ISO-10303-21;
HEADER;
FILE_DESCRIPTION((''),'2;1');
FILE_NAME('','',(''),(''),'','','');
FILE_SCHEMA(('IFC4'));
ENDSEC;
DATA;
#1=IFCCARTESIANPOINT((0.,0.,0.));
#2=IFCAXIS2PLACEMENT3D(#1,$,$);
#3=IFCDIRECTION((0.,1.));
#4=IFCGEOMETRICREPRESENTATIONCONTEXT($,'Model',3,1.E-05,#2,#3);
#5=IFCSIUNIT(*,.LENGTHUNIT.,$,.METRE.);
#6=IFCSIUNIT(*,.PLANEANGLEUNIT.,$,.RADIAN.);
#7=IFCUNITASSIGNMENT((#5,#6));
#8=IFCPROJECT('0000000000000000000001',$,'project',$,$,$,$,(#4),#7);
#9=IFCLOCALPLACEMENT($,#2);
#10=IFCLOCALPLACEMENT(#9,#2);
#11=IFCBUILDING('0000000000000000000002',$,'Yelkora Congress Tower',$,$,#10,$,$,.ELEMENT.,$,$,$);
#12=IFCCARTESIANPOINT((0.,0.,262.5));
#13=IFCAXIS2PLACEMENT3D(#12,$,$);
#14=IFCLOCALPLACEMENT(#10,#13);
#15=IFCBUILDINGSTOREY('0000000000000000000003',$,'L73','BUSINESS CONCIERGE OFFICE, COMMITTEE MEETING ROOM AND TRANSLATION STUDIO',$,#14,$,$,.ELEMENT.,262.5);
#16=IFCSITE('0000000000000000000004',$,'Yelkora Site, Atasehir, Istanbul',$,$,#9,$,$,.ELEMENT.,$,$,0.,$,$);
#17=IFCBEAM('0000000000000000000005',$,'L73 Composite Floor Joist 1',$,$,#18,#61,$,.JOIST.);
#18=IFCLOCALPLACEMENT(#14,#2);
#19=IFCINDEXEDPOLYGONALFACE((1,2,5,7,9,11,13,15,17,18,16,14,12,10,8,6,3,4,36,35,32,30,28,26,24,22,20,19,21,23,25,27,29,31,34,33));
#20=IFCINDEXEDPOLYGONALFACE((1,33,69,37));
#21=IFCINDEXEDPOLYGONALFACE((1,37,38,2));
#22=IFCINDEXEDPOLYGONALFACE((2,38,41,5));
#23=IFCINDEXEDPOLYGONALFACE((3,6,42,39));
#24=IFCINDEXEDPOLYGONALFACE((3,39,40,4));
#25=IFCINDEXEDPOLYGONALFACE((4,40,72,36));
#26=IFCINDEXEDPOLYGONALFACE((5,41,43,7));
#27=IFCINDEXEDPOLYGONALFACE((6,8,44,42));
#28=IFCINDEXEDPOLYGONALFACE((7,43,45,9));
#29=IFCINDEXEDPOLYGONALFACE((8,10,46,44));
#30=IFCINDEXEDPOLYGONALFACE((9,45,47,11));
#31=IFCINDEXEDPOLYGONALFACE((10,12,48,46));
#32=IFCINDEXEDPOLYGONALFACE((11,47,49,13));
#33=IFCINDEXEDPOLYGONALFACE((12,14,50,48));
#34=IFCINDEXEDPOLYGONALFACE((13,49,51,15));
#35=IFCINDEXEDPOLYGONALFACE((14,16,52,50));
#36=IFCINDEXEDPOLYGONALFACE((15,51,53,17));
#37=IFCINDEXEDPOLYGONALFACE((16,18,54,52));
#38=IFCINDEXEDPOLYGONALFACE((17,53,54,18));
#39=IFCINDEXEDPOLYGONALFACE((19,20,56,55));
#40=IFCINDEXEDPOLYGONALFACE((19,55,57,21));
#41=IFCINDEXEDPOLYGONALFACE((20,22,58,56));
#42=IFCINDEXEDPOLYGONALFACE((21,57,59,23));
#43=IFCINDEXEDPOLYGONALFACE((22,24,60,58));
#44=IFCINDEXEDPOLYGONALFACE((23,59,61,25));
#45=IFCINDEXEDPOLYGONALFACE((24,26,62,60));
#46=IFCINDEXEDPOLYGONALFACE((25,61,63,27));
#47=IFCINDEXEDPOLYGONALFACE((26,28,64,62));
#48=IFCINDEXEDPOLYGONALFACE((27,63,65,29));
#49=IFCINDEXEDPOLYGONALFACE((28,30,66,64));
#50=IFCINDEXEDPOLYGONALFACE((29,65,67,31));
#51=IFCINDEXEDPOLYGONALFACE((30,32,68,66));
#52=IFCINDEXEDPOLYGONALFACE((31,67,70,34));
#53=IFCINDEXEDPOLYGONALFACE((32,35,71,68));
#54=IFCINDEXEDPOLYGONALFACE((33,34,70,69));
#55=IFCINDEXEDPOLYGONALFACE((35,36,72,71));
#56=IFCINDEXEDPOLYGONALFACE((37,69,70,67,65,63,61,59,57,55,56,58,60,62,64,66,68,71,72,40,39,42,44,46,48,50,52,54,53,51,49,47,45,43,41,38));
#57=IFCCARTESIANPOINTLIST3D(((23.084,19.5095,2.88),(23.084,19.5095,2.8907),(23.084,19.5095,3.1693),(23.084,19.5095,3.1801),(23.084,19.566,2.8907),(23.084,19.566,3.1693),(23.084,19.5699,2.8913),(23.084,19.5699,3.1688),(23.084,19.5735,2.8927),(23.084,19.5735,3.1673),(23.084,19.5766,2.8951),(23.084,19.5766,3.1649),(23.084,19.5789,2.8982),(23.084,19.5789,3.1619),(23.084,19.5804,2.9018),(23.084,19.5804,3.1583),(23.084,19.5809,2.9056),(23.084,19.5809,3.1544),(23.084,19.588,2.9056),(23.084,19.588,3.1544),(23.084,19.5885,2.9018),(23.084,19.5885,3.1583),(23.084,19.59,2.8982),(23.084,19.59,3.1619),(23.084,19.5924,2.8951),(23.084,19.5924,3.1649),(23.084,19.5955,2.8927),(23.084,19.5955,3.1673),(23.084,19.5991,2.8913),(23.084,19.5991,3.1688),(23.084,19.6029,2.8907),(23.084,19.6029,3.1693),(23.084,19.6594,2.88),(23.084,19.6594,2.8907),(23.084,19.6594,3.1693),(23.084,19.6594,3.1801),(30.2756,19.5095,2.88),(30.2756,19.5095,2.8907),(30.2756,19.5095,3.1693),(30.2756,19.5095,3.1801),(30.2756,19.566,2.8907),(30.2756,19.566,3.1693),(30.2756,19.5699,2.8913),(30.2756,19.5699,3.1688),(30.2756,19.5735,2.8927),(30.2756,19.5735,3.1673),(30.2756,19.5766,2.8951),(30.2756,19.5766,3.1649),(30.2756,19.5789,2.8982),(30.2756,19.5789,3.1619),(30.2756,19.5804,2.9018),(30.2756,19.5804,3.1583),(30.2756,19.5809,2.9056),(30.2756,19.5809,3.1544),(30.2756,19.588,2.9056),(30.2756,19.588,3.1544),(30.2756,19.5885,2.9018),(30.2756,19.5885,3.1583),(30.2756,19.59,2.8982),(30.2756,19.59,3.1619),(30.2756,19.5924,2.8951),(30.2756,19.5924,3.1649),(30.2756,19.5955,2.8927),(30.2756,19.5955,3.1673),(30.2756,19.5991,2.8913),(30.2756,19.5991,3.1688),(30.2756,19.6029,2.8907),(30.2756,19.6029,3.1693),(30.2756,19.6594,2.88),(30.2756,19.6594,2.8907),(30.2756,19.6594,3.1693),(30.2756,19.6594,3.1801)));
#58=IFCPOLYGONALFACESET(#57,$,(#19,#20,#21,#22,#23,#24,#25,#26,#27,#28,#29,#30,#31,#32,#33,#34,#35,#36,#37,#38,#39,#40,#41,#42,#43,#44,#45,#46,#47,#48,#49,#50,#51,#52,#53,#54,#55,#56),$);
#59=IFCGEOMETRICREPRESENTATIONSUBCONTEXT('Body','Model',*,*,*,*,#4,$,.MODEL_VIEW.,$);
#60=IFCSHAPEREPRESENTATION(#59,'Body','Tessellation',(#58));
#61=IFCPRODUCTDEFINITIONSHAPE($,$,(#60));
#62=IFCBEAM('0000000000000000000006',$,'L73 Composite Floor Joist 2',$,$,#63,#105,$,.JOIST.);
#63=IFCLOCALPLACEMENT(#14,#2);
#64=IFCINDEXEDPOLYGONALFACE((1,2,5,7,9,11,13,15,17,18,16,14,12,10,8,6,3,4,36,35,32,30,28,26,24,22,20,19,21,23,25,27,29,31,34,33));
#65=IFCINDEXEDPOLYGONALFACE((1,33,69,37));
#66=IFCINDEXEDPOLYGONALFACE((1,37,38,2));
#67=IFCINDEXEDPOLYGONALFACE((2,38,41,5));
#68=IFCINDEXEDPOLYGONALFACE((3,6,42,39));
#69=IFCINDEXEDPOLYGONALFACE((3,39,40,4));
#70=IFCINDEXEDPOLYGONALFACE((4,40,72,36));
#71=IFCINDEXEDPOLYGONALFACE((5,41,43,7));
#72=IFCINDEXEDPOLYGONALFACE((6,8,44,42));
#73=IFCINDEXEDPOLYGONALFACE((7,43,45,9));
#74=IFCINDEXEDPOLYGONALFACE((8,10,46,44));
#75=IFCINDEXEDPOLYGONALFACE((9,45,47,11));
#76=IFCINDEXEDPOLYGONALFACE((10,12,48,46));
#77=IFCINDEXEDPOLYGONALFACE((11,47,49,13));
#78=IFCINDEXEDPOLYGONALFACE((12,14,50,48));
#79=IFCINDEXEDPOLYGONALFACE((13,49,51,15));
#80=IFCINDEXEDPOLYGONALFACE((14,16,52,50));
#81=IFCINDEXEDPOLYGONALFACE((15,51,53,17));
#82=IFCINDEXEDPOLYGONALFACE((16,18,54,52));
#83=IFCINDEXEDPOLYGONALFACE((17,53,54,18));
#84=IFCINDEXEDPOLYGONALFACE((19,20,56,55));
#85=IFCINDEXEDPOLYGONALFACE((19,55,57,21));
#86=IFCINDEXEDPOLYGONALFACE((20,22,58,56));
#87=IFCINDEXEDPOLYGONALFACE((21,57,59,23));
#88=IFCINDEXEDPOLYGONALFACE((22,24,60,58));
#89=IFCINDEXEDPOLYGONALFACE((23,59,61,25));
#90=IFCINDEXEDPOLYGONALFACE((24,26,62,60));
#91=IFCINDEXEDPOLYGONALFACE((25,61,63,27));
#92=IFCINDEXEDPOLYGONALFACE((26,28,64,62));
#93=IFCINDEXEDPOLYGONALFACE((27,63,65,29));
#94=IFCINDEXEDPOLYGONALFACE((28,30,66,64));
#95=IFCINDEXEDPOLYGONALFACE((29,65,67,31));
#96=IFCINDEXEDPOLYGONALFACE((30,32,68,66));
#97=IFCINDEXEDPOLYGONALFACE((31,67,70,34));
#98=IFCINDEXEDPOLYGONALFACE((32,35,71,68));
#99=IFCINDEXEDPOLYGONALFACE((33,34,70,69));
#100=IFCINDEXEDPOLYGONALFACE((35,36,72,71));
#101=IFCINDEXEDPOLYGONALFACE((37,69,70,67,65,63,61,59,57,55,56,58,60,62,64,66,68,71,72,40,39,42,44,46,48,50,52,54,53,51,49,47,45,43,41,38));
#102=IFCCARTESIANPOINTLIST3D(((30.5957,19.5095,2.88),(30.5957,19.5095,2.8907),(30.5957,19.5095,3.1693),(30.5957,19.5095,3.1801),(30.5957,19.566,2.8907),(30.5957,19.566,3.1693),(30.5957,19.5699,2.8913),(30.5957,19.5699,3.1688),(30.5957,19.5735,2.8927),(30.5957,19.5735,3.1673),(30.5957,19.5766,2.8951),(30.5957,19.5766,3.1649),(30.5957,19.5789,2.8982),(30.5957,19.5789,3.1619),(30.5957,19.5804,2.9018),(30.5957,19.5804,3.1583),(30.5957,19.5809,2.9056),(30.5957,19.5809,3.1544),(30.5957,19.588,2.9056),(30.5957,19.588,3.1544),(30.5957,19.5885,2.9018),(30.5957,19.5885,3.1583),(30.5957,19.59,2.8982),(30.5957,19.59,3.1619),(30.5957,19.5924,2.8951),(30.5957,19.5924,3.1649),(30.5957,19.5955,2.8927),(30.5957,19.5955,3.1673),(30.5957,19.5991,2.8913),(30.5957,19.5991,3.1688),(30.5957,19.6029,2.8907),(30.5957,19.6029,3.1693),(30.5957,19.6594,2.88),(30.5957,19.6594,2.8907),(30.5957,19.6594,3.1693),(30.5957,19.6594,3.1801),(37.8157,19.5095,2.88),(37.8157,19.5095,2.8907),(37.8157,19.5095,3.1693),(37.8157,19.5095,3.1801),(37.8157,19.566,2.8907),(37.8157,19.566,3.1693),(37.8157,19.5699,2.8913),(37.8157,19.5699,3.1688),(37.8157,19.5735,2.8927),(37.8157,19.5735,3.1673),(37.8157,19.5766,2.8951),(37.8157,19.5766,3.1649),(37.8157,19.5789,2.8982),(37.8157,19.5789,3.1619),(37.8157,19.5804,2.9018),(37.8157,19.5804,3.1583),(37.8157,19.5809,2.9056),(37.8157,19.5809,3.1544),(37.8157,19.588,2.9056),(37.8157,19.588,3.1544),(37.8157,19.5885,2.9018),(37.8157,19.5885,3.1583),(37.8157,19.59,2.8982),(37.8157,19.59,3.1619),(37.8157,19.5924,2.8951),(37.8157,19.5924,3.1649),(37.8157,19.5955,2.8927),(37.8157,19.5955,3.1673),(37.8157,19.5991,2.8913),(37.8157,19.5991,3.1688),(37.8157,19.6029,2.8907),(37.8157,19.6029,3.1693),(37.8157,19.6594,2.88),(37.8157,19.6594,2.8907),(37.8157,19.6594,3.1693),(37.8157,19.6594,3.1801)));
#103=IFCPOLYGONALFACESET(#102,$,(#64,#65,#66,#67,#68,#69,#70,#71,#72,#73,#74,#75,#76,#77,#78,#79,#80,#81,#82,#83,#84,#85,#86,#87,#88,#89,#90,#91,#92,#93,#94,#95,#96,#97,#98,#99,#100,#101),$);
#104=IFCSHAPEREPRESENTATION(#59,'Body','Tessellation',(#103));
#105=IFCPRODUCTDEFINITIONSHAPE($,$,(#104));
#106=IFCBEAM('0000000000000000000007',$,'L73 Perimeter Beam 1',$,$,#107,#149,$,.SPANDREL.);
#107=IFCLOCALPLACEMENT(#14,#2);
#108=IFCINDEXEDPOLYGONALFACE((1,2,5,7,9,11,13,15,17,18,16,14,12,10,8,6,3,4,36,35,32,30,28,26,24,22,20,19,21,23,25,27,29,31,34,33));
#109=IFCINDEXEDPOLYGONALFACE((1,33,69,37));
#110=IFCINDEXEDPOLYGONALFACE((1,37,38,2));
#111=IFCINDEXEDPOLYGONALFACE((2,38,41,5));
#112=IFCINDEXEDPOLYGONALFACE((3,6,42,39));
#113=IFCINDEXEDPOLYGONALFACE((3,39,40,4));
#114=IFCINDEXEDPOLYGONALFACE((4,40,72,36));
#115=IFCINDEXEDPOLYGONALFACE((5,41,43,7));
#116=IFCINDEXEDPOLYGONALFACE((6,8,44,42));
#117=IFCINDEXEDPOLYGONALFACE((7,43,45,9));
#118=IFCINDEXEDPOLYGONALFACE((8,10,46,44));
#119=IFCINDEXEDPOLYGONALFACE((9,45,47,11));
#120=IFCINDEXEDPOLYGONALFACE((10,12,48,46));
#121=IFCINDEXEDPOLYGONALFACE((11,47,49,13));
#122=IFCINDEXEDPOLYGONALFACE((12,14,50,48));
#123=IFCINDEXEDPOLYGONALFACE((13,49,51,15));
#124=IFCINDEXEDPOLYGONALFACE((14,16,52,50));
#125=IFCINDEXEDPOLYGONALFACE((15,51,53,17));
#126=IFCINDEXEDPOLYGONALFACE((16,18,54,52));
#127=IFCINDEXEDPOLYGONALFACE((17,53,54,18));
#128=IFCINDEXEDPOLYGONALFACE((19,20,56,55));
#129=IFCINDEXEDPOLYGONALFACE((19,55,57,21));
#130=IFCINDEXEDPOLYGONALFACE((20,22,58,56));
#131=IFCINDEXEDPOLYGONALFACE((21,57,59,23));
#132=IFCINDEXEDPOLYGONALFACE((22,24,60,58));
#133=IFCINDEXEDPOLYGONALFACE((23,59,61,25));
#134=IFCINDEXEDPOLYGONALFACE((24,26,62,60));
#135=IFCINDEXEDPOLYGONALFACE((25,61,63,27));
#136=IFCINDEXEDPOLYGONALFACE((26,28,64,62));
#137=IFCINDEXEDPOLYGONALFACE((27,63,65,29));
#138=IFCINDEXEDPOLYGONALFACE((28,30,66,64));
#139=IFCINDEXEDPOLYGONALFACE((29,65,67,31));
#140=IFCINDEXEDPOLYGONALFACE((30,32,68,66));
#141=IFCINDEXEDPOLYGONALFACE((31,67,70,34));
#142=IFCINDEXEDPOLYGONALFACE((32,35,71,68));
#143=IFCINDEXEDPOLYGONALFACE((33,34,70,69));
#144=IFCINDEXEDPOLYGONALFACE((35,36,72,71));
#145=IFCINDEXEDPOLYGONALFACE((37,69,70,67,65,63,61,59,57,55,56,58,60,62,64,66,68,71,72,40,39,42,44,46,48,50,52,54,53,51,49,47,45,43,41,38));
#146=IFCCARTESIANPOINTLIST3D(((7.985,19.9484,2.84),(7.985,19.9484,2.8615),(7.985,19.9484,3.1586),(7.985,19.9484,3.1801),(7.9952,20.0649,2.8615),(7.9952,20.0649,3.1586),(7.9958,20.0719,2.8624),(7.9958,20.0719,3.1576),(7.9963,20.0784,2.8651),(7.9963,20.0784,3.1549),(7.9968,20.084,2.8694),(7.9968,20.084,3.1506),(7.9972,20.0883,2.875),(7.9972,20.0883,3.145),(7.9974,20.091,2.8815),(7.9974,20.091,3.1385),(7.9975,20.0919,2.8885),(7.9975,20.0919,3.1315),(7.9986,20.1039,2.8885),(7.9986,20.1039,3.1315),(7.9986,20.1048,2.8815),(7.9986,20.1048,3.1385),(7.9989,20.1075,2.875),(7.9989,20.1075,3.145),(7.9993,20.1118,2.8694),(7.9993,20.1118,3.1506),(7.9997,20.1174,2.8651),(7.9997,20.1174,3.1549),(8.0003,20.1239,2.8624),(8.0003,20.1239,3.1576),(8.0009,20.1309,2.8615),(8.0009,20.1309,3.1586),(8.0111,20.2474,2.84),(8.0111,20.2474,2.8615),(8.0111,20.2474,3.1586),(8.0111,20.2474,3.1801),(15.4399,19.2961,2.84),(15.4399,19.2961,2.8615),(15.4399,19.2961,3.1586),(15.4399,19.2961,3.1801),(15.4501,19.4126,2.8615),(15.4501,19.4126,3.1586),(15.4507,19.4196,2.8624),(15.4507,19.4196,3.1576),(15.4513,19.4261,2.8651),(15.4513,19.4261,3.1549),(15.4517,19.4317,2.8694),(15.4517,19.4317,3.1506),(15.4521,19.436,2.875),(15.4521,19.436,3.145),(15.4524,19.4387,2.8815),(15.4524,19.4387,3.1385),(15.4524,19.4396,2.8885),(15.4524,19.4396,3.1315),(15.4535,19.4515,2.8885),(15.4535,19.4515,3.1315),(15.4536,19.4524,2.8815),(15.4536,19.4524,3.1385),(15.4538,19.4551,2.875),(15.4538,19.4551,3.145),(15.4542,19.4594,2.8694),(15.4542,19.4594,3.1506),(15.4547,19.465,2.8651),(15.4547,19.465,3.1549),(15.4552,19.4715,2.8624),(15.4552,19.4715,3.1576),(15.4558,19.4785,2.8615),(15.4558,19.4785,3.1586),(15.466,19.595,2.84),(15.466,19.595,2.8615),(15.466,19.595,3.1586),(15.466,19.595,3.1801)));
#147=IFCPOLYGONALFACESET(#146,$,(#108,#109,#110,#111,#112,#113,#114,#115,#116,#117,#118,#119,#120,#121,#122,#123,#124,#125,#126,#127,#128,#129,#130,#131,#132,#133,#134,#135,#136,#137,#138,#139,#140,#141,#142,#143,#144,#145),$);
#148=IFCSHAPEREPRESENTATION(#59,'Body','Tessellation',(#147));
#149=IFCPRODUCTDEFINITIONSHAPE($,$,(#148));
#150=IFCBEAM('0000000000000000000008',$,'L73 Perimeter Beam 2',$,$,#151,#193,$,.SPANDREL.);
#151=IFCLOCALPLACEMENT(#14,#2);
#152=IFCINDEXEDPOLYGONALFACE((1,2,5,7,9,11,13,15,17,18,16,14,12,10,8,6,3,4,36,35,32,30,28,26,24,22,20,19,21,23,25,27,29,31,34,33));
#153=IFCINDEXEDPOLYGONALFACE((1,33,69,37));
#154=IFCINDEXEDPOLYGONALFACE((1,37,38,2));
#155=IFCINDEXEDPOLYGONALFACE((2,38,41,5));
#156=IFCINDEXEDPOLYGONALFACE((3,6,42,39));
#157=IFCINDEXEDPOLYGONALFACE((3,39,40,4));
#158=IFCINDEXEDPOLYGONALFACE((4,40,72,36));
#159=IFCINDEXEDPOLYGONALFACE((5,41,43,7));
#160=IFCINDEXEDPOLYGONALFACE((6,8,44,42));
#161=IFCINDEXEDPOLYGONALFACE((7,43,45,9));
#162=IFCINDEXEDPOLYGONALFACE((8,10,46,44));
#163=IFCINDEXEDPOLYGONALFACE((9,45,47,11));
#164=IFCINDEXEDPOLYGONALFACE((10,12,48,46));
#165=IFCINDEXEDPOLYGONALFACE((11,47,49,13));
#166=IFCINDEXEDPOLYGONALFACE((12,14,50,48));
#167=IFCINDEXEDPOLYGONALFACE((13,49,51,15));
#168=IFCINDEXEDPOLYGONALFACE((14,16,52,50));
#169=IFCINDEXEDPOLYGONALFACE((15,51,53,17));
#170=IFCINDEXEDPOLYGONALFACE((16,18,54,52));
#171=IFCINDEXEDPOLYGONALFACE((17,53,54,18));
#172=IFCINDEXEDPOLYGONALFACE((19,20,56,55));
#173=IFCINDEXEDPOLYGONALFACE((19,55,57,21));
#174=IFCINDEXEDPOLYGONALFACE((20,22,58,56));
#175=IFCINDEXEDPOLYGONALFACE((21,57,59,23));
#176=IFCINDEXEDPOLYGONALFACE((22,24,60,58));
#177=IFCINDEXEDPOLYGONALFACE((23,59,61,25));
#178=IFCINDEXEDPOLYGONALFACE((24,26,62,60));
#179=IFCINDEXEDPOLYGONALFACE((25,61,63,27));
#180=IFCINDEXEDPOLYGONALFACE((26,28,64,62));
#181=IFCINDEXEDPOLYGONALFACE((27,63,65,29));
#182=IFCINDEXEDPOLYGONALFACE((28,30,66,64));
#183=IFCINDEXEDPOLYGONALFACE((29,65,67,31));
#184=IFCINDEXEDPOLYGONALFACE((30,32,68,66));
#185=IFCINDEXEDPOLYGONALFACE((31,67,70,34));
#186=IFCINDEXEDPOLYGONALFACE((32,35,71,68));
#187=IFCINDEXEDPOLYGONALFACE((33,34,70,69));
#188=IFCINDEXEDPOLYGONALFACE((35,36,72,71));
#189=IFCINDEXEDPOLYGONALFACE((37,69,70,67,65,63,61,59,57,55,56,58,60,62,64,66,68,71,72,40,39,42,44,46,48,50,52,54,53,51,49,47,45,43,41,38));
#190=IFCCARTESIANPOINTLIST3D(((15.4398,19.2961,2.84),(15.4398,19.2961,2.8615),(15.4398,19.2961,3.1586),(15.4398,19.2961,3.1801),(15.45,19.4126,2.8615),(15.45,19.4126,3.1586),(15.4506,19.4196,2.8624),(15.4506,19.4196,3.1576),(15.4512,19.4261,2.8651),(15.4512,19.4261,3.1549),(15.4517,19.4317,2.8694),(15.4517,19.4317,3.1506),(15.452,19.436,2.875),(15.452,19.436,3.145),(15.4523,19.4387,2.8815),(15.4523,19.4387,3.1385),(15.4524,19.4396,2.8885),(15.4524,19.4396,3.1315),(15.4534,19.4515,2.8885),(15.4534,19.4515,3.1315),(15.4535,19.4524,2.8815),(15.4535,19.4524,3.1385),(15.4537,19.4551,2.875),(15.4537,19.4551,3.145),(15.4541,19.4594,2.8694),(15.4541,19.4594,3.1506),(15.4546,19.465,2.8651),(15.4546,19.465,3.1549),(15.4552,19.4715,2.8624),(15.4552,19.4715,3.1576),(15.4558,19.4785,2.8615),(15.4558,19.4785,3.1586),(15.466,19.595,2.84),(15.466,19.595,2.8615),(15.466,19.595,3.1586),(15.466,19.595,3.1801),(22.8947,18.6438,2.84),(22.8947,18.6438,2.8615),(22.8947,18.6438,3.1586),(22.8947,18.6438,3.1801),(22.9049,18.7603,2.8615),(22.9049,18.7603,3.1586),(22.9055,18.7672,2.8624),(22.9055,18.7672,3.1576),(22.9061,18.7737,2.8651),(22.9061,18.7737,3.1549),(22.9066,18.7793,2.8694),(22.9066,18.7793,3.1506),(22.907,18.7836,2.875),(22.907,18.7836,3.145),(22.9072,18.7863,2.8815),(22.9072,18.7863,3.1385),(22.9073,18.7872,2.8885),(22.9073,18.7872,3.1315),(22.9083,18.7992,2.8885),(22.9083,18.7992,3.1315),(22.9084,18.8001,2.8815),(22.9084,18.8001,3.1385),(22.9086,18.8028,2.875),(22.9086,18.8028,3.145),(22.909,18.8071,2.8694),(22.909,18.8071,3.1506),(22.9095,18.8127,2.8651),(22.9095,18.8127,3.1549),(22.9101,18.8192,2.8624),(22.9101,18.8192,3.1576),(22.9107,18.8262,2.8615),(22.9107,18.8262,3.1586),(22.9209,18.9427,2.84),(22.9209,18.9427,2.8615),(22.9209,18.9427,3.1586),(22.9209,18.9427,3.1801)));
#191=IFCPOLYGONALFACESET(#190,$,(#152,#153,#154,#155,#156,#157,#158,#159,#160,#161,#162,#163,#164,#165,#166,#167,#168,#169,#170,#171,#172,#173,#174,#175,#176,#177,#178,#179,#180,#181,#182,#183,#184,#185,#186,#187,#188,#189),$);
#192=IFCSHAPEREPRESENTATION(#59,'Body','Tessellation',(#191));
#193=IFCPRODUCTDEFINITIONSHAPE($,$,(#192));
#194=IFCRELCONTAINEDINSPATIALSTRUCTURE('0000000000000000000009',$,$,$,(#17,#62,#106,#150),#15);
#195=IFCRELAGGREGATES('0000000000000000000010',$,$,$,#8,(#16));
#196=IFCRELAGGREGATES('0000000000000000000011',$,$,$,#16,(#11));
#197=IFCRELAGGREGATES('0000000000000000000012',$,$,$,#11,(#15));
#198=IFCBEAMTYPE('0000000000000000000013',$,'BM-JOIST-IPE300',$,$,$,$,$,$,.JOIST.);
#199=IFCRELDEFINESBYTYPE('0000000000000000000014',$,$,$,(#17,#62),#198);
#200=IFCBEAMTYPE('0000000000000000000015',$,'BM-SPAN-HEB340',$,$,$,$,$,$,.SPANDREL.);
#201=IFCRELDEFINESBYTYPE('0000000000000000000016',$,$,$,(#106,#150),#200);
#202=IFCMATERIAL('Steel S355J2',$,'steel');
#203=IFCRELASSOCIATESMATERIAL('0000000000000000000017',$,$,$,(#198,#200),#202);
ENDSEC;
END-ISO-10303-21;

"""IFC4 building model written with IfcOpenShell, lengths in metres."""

from ifc_helpers import new_model, si_unit, direction, frame, origin, origin_2d, place, context, subcontext, project, spatial, i_section, extrude, material, material_profile, profile_set, type_object, element, save


model = new_model("IFC4")

# Units and contexts
model_context = context("Model", 3, precision=1e-05, world=origin(), true_north=direction((0.0, 1.0)))
body_context = subcontext(model_context, "Body", "Model", "MODEL_VIEW")
ifc_project = project(units=[si_unit("LENGTHUNIT", "METRE"), si_unit("PLANEANGLEUNIT", "RADIAN")], contexts=[model_context])

# Site, building, storey
site_placement = place(None, origin())
site = spatial("IfcSite", under=ifc_project, at=site_placement, Name="Yelkora Site, Atasehir, Istanbul", CompositionType="ELEMENT", RefElevation=0.0)
building_placement = place(site_placement, origin())
building = spatial("IfcBuilding", under=site, at=building_placement, Name="Yelkora Congress Tower", CompositionType="ELEMENT")
storey_placement = place(building_placement, frame((0.0, 0.0, 262.5)))
storey = spatial("IfcBuildingStorey", under=building, at=storey_placement, Name="L73", Description="BUSINESS CONCIERGE OFFICE, COMMITTEE MEETING ROOM AND TRANSLATION STUDIO", CompositionType="ELEMENT", Elevation=262.5)

# Shared definitions
ifc_material_1 = material(Name="Steel S355J2", Category="steel")

# Beams
ifc_material_profile_1 = material_profile(ifc_material_1, i_section(OverallWidth=0.1499, OverallDepth=0.3, WebThickness=0.0071, FlangeThickness=0.0107, FilletRadius=0.0149, at=origin_2d()), Name="IPE 300")
ifc_profile_set_1 = profile_set([ifc_material_profile_1], Name="Steel S355J2")
beam_type_1 = type_object("IfcBeamType", Name="BM-JOIST-IPE300", PredefinedType="JOIST", material=ifc_profile_set_1)
beam_1_placement = place(storey_placement, frame((23.084, 19.5845, 3.03), z_axis=(1.0, 0.0, 0.0), x_axis=(0.0, 1.0, 0.0)))
element("IfcBeam", 1, at=beam_1_placement, inside=storey, type_object=beam_type_1, Name="L73 Composite Floor Joist 1", PredefinedType="JOIST", context=body_context, shape_type="SweptSolid", body=[
    extrude(i_section(OverallWidth=0.1499, OverallDepth=0.3, WebThickness=0.0071, FlangeThickness=0.0107, FilletRadius=0.0149, at=origin_2d()), origin(), (0.0, 0.0, 1.0), 7.1917),
])
beam_2_placement = place(storey_placement, frame((30.5957, 19.5845, 3.03), z_axis=(1.0, 0.0, 0.0), x_axis=(0.0, 1.0, 0.0)))
element("IfcBeam", 2, at=beam_2_placement, inside=storey, type_object=beam_type_1, Name="L73 Composite Floor Joist 2", PredefinedType="JOIST", context=body_context, shape_type="SweptSolid", body=[
    extrude(i_section(OverallWidth=0.1499, OverallDepth=0.3, WebThickness=0.0071, FlangeThickness=0.0107, FilletRadius=0.0149, at=origin_2d()), origin(), (0.0, 0.0, 1.0), 7.22),
])
ifc_material_profile_2 = material_profile(ifc_material_1, i_section(OverallWidth=0.3, OverallDepth=0.3401, WebThickness=0.012, FlangeThickness=0.0215, FilletRadius=0.0271, at=origin_2d()), Name="HEB 340")
ifc_profile_set_2 = profile_set([ifc_material_profile_2], Name="Steel S355J2")
beam_type_2 = type_object("IfcBeamType", Name="BM-SPAN-HEB340", PredefinedType="SPANDREL", material=ifc_profile_set_2)
for number, where, z_axis, x_axis, name in (
    (3, (7.998, 20.0979, 3.01), (0.996193, -0.087173, 0.0), (0.087173, 0.996193, 0.0), "L73 Perimeter Beam 1"),
    (4, (15.4529, 19.4456, 3.01), (0.996193, -0.087173, 0.0), (0.087173, 0.996193, 0.0), "L73 Perimeter Beam 2"),
):
    element("IfcBeam", number, at=place(storey_placement, frame(where, z_axis=z_axis, x_axis=x_axis)), inside=storey, type_object=beam_type_2, Name=name, PredefinedType="SPANDREL", context=body_context, shape_type="SweptSolid", body=[
        extrude(i_section(OverallWidth=0.3, OverallDepth=0.3401, WebThickness=0.012, FlangeThickness=0.0215, FilletRadius=0.0271, at=origin_2d()), origin(), (0.0, 0.0, 1.0), 7.4834),
    ])

save(model, "model.ifc")
